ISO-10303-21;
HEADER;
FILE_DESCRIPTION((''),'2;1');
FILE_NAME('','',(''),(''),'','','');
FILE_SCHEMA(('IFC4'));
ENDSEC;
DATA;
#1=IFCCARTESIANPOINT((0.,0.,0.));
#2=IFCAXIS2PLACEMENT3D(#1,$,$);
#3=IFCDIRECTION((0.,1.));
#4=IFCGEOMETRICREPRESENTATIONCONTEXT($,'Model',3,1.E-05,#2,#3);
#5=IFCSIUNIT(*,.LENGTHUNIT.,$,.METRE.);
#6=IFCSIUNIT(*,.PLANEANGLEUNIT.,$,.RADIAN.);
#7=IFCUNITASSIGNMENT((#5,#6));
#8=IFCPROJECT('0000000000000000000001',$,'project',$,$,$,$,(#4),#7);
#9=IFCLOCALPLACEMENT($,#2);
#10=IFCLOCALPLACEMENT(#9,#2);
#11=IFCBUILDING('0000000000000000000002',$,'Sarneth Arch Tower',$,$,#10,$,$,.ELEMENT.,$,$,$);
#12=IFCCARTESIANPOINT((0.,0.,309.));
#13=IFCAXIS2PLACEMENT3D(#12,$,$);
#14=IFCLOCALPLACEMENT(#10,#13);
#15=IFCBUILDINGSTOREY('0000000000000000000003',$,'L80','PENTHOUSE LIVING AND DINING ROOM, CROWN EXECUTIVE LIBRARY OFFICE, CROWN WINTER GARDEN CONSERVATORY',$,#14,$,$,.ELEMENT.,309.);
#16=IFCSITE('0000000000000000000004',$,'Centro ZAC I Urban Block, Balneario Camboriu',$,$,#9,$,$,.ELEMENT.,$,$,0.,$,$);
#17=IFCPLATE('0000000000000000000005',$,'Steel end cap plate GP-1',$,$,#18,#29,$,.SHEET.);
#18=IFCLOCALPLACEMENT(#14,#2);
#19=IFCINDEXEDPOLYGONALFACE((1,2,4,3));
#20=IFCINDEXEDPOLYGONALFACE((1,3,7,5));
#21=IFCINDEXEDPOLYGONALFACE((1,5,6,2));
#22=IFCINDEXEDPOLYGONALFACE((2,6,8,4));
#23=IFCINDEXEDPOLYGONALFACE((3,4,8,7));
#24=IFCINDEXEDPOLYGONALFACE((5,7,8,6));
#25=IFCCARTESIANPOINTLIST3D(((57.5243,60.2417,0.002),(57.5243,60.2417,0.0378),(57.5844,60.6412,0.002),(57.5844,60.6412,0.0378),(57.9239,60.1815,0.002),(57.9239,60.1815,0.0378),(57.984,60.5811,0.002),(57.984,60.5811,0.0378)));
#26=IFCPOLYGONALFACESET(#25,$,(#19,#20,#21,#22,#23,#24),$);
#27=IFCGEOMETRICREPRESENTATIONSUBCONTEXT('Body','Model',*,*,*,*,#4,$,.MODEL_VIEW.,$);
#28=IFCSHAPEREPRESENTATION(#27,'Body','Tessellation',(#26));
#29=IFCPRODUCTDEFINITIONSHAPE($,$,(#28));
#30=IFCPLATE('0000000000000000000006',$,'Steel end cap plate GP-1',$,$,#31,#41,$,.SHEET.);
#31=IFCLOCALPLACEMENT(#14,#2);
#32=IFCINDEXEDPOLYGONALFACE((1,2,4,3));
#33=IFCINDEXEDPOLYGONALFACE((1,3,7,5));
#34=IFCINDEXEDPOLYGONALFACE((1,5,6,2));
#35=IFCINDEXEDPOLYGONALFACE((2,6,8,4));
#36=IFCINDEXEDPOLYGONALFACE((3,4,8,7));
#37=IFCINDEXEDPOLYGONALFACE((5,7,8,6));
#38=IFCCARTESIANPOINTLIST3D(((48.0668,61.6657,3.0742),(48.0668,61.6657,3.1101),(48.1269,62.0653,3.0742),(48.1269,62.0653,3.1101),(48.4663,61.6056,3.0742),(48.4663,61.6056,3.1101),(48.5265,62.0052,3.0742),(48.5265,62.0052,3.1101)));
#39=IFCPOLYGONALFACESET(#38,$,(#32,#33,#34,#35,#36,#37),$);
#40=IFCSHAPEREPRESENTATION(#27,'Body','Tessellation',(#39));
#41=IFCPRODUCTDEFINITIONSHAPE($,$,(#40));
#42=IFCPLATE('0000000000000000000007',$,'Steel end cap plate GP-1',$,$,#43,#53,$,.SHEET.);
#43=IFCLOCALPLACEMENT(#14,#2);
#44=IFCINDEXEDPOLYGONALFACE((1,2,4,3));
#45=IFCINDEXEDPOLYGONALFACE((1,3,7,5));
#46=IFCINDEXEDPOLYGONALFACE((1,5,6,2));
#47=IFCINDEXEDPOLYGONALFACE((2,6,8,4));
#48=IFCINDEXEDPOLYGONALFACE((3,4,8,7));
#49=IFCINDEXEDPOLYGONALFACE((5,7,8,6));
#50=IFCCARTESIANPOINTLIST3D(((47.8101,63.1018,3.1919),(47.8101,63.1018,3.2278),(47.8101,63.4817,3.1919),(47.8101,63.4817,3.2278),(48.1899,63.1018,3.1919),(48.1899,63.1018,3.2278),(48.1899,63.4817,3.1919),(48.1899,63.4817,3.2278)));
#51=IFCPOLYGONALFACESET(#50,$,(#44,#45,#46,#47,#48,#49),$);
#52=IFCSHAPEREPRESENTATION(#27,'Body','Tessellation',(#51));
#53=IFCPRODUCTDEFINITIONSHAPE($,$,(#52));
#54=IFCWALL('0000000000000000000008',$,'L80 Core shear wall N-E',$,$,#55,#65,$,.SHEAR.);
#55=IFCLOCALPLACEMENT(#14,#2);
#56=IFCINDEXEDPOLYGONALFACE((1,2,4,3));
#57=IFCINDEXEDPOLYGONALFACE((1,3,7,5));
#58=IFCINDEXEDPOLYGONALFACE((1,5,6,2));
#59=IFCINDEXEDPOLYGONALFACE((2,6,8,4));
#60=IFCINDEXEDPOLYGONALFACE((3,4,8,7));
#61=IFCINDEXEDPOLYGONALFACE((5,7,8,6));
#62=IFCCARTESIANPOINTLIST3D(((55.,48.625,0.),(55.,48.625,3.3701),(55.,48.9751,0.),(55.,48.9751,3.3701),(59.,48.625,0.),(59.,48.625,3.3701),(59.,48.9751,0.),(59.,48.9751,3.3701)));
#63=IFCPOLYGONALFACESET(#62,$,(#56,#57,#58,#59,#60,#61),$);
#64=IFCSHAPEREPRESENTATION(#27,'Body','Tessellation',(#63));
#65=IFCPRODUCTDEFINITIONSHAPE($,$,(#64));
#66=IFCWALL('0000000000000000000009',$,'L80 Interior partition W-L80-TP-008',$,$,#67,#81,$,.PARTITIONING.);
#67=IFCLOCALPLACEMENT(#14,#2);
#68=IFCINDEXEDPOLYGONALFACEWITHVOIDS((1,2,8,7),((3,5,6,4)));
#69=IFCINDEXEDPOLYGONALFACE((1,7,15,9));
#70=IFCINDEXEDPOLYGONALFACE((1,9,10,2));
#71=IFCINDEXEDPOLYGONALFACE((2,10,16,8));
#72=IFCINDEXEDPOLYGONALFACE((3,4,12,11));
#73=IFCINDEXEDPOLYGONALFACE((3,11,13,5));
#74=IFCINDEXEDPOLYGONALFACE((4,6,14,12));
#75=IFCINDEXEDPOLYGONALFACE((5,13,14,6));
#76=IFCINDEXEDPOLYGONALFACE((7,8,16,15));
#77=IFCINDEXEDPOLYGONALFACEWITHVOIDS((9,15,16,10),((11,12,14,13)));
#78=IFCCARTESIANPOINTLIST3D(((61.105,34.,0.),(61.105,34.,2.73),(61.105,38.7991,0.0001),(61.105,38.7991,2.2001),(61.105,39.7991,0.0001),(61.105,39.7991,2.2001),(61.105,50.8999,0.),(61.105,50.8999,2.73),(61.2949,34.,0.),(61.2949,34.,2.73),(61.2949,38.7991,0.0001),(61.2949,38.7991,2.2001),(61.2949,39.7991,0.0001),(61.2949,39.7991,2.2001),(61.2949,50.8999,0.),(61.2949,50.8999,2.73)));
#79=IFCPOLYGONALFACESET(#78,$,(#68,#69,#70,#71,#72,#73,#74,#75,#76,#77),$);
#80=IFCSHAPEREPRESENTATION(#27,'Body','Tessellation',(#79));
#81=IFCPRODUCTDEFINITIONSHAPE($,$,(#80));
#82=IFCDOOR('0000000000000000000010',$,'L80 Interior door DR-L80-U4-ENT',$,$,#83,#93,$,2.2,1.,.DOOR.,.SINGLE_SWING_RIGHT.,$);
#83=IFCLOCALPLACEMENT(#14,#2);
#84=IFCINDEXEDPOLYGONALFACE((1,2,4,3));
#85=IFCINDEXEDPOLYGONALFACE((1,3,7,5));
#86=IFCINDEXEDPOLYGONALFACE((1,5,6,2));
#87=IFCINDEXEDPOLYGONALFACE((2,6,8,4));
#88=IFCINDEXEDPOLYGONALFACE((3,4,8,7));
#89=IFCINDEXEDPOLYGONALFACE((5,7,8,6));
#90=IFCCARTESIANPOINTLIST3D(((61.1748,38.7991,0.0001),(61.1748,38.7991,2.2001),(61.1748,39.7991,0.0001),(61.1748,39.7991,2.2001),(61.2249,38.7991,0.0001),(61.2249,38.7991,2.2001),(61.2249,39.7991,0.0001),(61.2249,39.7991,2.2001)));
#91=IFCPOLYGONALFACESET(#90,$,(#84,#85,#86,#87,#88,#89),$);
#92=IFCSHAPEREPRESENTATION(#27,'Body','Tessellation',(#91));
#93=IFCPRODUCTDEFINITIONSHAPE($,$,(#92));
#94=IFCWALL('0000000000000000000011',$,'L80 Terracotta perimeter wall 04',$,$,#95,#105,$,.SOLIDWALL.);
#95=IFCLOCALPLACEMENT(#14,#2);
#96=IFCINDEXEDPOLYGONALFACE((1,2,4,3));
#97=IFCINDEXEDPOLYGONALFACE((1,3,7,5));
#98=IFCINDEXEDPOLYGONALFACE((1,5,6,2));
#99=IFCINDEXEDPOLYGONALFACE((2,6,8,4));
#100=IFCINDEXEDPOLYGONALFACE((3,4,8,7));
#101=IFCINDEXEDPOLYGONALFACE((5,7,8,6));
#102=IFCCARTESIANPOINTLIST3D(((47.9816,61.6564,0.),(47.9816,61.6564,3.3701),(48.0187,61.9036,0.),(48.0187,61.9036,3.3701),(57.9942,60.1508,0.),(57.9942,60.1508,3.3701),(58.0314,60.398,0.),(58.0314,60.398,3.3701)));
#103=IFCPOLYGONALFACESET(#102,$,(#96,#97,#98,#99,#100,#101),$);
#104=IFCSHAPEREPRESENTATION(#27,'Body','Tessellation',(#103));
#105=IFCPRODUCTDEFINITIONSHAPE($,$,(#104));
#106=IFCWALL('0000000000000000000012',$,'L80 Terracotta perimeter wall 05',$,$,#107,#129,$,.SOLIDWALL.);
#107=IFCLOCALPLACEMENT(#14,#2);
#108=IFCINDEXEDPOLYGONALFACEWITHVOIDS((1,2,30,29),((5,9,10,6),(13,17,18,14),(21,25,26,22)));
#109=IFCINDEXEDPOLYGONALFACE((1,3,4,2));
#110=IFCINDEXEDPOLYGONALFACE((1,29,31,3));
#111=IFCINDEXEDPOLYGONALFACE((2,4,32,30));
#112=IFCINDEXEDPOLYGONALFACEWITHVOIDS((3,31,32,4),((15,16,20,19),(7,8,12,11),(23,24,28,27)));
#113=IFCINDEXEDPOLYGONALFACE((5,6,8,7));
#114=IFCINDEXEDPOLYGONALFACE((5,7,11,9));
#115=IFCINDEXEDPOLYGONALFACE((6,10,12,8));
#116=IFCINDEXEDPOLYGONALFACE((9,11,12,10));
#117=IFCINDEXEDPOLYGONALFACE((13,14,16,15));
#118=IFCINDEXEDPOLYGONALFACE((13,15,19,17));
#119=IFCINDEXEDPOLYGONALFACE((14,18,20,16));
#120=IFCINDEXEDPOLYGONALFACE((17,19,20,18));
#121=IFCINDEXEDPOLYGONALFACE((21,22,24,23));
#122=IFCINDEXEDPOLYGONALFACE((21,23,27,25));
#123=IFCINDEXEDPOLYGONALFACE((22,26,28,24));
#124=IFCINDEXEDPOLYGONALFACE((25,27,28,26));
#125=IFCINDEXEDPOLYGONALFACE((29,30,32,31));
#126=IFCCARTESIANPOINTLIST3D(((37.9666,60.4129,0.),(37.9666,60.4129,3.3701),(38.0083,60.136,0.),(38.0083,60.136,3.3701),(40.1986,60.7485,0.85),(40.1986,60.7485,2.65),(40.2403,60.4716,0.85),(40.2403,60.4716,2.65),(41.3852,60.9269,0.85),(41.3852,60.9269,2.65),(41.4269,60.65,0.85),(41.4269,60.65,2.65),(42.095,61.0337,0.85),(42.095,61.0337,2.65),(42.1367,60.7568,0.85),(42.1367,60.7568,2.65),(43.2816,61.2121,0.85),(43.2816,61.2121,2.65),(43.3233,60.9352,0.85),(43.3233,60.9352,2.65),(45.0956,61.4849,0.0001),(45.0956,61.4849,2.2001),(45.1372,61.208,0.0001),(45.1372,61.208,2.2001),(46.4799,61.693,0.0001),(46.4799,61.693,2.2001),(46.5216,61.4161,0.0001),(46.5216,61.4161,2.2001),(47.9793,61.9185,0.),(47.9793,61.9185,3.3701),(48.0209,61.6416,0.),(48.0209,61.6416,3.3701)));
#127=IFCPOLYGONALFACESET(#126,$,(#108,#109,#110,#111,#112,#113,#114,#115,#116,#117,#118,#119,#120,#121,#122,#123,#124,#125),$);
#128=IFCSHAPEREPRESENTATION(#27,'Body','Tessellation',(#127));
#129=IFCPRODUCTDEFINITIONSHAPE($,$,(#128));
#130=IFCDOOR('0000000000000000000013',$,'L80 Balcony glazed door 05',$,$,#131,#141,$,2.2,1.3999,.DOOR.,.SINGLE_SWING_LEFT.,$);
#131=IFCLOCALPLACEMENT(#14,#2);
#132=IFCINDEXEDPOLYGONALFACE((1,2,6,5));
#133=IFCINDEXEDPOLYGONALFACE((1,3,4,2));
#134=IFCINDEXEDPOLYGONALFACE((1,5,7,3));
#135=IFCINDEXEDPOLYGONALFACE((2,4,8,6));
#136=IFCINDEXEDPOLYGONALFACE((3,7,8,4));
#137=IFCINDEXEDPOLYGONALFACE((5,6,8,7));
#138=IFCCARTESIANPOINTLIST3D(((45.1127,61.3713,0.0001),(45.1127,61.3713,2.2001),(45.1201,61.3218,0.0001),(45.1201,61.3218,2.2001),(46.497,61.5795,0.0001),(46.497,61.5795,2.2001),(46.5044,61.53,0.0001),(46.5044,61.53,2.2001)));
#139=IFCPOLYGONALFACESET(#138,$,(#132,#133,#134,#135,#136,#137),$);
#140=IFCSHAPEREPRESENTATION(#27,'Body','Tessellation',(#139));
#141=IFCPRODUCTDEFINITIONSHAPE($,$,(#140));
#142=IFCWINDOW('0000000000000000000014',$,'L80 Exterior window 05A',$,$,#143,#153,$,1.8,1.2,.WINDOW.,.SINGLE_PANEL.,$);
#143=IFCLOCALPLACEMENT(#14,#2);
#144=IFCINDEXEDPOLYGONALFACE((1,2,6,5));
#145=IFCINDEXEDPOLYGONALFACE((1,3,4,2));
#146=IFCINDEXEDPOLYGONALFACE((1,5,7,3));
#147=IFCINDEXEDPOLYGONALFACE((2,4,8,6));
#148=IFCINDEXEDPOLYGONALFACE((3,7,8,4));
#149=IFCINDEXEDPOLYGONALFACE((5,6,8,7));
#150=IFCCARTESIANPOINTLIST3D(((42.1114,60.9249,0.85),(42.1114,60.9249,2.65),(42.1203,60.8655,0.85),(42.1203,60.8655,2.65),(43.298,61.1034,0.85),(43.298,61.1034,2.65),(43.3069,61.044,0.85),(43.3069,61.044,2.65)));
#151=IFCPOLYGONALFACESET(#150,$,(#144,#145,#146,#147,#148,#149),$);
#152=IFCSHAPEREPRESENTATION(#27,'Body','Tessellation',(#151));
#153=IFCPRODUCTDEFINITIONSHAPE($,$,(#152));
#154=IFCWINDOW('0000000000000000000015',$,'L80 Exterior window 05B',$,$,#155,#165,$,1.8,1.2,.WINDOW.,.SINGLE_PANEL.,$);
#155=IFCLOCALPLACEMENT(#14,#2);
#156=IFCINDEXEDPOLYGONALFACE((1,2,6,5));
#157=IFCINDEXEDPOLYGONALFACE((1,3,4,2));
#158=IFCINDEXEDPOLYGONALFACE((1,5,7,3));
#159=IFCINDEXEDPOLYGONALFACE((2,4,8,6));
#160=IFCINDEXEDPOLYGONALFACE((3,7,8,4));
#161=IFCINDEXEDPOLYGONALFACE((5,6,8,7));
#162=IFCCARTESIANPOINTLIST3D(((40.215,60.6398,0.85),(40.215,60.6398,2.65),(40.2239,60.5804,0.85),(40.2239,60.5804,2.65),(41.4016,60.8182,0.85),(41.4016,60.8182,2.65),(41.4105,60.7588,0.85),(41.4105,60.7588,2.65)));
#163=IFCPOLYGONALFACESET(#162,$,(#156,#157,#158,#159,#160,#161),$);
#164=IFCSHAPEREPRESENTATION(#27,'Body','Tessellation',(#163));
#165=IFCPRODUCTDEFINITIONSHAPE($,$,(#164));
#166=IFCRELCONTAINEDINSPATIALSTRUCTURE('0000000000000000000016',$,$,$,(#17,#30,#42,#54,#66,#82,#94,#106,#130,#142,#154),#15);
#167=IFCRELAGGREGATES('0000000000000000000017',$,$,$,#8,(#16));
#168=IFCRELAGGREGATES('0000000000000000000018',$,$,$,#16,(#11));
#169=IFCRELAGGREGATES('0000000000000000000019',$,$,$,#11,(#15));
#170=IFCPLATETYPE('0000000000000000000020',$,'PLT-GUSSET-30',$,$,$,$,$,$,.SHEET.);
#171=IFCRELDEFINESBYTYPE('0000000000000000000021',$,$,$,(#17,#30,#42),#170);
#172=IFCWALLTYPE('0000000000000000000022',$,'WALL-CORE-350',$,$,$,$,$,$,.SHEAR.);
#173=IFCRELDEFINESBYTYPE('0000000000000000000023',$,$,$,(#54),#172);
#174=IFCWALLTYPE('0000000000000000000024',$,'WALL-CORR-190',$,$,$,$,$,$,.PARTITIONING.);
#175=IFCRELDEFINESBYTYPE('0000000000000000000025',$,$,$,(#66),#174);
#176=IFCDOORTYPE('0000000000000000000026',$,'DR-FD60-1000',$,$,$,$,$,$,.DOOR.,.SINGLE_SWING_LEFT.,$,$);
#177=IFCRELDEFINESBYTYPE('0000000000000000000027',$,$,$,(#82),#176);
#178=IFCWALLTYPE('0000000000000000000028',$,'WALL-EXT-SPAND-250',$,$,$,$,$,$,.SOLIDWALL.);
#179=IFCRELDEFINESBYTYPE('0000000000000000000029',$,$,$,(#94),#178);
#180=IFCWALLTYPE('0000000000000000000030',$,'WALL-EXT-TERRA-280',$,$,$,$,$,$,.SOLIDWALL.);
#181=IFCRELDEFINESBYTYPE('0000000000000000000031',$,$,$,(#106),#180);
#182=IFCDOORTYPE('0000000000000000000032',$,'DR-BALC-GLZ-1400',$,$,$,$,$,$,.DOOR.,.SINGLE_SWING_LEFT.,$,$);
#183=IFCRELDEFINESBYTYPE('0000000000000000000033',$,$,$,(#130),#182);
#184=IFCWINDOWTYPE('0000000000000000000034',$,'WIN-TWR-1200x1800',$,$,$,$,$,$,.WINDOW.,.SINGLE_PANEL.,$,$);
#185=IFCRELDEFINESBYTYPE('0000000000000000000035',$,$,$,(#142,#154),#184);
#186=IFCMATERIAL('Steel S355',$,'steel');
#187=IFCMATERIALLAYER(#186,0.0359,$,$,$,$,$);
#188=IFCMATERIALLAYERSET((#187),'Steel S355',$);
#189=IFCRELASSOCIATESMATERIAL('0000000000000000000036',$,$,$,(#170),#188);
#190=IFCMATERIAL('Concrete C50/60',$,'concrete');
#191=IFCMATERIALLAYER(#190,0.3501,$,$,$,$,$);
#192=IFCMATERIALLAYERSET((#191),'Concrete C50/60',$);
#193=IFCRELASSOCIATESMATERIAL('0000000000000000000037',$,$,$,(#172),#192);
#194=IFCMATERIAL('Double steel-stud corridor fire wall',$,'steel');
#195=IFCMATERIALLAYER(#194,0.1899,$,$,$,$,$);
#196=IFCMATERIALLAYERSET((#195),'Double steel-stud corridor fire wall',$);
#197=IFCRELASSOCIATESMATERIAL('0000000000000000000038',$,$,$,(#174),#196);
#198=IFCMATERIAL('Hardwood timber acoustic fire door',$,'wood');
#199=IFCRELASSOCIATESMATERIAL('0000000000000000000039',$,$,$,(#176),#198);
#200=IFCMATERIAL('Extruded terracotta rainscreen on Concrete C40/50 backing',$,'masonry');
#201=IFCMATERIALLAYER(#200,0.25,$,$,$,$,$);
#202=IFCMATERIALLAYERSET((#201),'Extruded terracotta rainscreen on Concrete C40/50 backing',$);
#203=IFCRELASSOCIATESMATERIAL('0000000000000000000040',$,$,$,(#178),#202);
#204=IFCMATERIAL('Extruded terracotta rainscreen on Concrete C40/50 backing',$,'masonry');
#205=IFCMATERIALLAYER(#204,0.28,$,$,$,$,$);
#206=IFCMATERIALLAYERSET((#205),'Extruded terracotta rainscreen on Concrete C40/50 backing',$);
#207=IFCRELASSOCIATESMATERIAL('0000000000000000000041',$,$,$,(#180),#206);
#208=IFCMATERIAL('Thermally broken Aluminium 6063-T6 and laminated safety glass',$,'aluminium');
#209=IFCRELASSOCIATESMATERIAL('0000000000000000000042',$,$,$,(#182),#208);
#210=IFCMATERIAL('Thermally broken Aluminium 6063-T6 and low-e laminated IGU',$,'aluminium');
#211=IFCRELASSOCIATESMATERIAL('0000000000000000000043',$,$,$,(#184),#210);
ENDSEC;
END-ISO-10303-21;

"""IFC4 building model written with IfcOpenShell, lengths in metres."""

from ifc_helpers import new_model, si_unit, direction, frame, frame_2d, origin, origin_2d, place, context, subcontext, project, spatial, rectangle, extrude, material, layer, layer_set, type_object, element, fill, save


model = new_model("IFC4")

# Units and contexts
model_context = context("Model", 3, precision=1e-05, world=origin(), true_north=direction((0.0, 1.0)))
body_context = subcontext(model_context, "Body", "Model", "MODEL_VIEW")
ifc_project = project(units=[si_unit("LENGTHUNIT", "METRE"), si_unit("PLANEANGLEUNIT", "RADIAN")], contexts=[model_context])

# Site, building, storey
site_placement = place(None, origin())
site = spatial("IfcSite", under=ifc_project, at=site_placement, Name="Centro ZAC I Urban Block, Balneario Camboriu", CompositionType="ELEMENT", RefElevation=0.0)
building_placement = place(site_placement, origin())
building = spatial("IfcBuilding", under=site, at=building_placement, Name="Sarneth Arch Tower", CompositionType="ELEMENT")
storey_placement = place(building_placement, frame((0.0, 0.0, 309.0)))
storey = spatial("IfcBuildingStorey", under=building, at=storey_placement, Name="L80", Description="PENTHOUSE LIVING AND DINING ROOM, CROWN EXECUTIVE LIBRARY OFFICE, CROWN WINTER GARDEN CONSERVATORY", CompositionType="ELEMENT", Elevation=309.0)

# Plates
ifc_material_1 = material(Name="Steel S355", Category="steel")
ifc_layer_1 = layer(ifc_material_1, 0.0359)
ifc_layer_set_1 = layer_set([ifc_layer_1], Name="Steel S355")
plate_type = type_object("IfcPlateType", Name="PLT-GUSSET-30", PredefinedType="SHEET", material=ifc_layer_set_1)
for number, where, z_axis, x_axis, name in (
    (1, (57.7542, 60.4114, 0.002), (0.0, 0.0, 1.0), (-0.988861, 0.148845, 0.0), "Steel end cap plate GP-1"),
    (2, (48.2966, 61.8354, 3.0742), (0.0, 0.0, 1.0), (-0.988861, 0.148845, 0.0), "Steel end cap plate GP-1"),
):
    element("IfcPlate", number, at=place(storey_placement, frame(where, z_axis=z_axis, x_axis=x_axis)), inside=storey, type_object=plate_type, Name=name, PredefinedType="SHEET", context=body_context, shape_type="SweptSolid", body=[
        extrude(rectangle(XDim=0.4041, YDim=0.4041, at=origin_2d()), origin(), (0.0, 0.0, 1.0), 0.0359),
    ])
plate_placement = place(storey_placement, frame((48.0, 63.2917, 3.1919), z_axis=(0.0, 0.0, 1.0), x_axis=(0.0, 1.0, 0.0)))
element("IfcPlate", 3, at=plate_placement, inside=storey, type_object=plate_type, Name="Steel end cap plate GP-1", PredefinedType="SHEET", context=body_context, shape_type="SweptSolid", body=[
    extrude(rectangle(XDim=0.3799, YDim=0.3799, at=origin_2d()), origin(), (0.0, 0.0, 1.0), 0.0359),
])

# Wall
ifc_material_2 = material(Name="Concrete C50/60", Category="concrete")
ifc_layer_2 = layer(ifc_material_2, 0.3501)
ifc_layer_set_2 = layer_set([ifc_layer_2], Name="Concrete C50/60")
wall_type_1 = type_object("IfcWallType", Name="WALL-CORE-350", PredefinedType="SHEAR", material=ifc_layer_set_2)
wall_1_placement = place(storey_placement, frame((55.0, 48.8, 0.0), z_axis=(0.0, 0.0, 1.0), x_axis=(1.0, 0.0, 0.0)))
element("IfcWall", 4, at=wall_1_placement, inside=storey, type_object=wall_type_1, Name="L80 Core shear wall N-E", PredefinedType="SHEAR", context=body_context, shape_type="SweptSolid", body=[
    extrude(rectangle(XDim=4.0, YDim=0.3501, at=frame_2d((2.0, 0.0))), origin(), (0.0, 0.0, 1.0), 3.3701),
])

# Wall, opening, door
ifc_material_3 = material(Name="Double steel-stud corridor fire wall", Category="steel")
ifc_layer_3 = layer(ifc_material_3, 0.1899)
ifc_layer_set_3 = layer_set([ifc_layer_3], Name="Double steel-stud corridor fire wall")
wall_type_2 = type_object("IfcWallType", Name="WALL-CORR-190", PredefinedType="PARTITIONING", material=ifc_layer_set_3)
wall_2_placement = place(storey_placement, frame((61.2, 50.8999, 0.0), z_axis=(0.0, 0.0, 1.0), x_axis=(0.0, -1.0, 0.0)))
wall_2 = element("IfcWall", 5, at=wall_2_placement, inside=storey, type_object=wall_type_2, Name="L80 Interior partition W-L80-TP-008", PredefinedType="PARTITIONING", context=body_context, shape_type="SweptSolid", body=[
    extrude(rectangle(XDim=16.8999, YDim=0.1899, at=frame_2d((8.45, 0.0))), origin(), (0.0, 0.0, 1.0), 2.73),
])
opening_1_placement = place(wall_2_placement, frame((11.1008, 0.0, 0.0)))
opening_1 = element("IfcOpeningElement", 6, at=opening_1_placement, cuts=wall_2, PredefinedType="OPENING", context=body_context, shape_type="SweptSolid", body=[
    extrude(rectangle(XDim=1.0, YDim=2.2, at=frame_2d((0.5, 1.1001))), frame((0.0, 0.105, 0.0), z_axis=(0.0, -1.0, 0.0), x_axis=(1.0, 0.0, 0.0)), (0.0, 0.0, 1.0), 0.21),
])
ifc_material_4 = material(Name="Hardwood timber acoustic fire door", Category="wood")
door_type_1 = type_object("IfcDoorType", Name="DR-FD60-1000", OperationType="SINGLE_SWING_LEFT", PredefinedType="DOOR", material=ifc_material_4)
door_1_placement = place(opening_1_placement, origin())
door_1 = element("IfcDoor", 7, at=door_1_placement, inside=storey, type_object=door_type_1, Name="L80 Interior door DR-L80-U4-ENT", OperationType="SINGLE_SWING_RIGHT", OverallHeight=2.2, OverallWidth=1.0, PredefinedType="DOOR", context=body_context, shape_type="SweptSolid", body=[
    extrude(rectangle(XDim=1.0, YDim=2.2, at=frame_2d((0.5, 1.1001))), frame((0.0, 0.0249, 0.0), z_axis=(0.0, -1.0, 0.0), x_axis=(1.0, 0.0, 0.0)), (0.0, 0.0, 1.0), 0.05),
])
fill(opening_1, door_1)

# Wall
ifc_material_5 = material(Name="Extruded terracotta rainscreen on Concrete C40/50 backing", Category="masonry")
ifc_layer_4 = layer(ifc_material_5, 0.25)
ifc_layer_set_4 = layer_set([ifc_layer_4], Name="Extruded terracotta rainscreen on Concrete C40/50 backing")
wall_type_3 = type_object("IfcWallType", Name="WALL-EXT-SPAND-250", PredefinedType="SOLIDWALL", material=ifc_layer_set_4)
wall_3_placement = place(storey_placement, frame((58.0127, 60.2744, 0.0), z_axis=(0.0, 0.0, 1.0), x_axis=(-0.988883, 0.148699, 0.0)))
element("IfcWall", 8, at=wall_3_placement, inside=storey, type_object=wall_type_3, Name="L80 Terracotta perimeter wall 04", PredefinedType="SOLIDWALL", context=body_context, shape_type="SweptSolid", body=[
    extrude(rectangle(XDim=10.1252, YDim=0.25, at=frame_2d((5.0625, 0.0))), origin(), (0.0, 0.0, 1.0), 3.3701),
])

# Wall, openings, door, windows
ifc_material_6 = material(Name="Extruded terracotta rainscreen on Concrete C40/50 backing", Category="masonry")
ifc_layer_5 = layer(ifc_material_6, 0.28)
ifc_layer_set_5 = layer_set([ifc_layer_5], Name="Extruded terracotta rainscreen on Concrete C40/50 backing")
wall_type_4 = type_object("IfcWallType", Name="WALL-EXT-TERRA-280", PredefinedType="SOLIDWALL", material=ifc_layer_set_5)
wall_4_placement = place(storey_placement, frame((48.0, 61.78, 0.0), z_axis=(0.0, 0.0, 1.0), x_axis=(-0.988883, -0.148699, 0.0)))
wall_4 = element("IfcWall", 9, at=wall_4_placement, inside=storey, type_object=wall_type_4, Name="L80 Terracotta perimeter wall 05", PredefinedType="SOLIDWALL", context=body_context, shape_type="SweptSolid", body=[
    extrude(rectangle(XDim=10.1252, YDim=0.28, at=frame_2d((5.0625, 0.0))), origin(), (0.0, 0.0, 1.0), 3.3701),
])
opening_2_placement = place(wall_4_placement, frame((1.5161, 0.0, 0.0)))
opening_2 = element("IfcOpeningElement", 10, at=opening_2_placement, cuts=wall_4, PredefinedType="OPENING", context=body_context, shape_type="SweptSolid", body=[
    extrude(rectangle(XDim=1.3999, YDim=2.2, at=frame_2d((0.7, 1.1001))), frame((0.0, 0.1499, 0.0), z_axis=(0.0, -1.0, 0.0), x_axis=(1.0, 0.0, 0.0)), (0.0, 0.0, 1.0), 0.3),
])
opening_3_placement = place(wall_4_placement, frame((4.7502, 0.0, 0.8501)))
opening_3 = element("IfcOpeningElement", 11, at=opening_3_placement, cuts=wall_4, PredefinedType="OPENING", context=body_context, shape_type="SweptSolid", body=[
    extrude(rectangle(XDim=1.2, YDim=1.8, at=frame_2d((0.6001, 0.8999))), frame((0.0, 0.1499, 0.0), z_axis=(0.0, -1.0, 0.0), x_axis=(1.0, 0.0, 0.0)), (0.0, 0.0, 1.0), 0.3),
])
opening_4_placement = place(wall_4_placement, frame((6.668, 0.0, 0.8501)))
opening_4 = element("IfcOpeningElement", 12, at=opening_4_placement, cuts=wall_4, PredefinedType="OPENING", context=body_context, shape_type="SweptSolid", body=[
    extrude(rectangle(XDim=1.2, YDim=1.8, at=frame_2d((0.6001, 0.8999))), frame((0.0, 0.1499, 0.0), z_axis=(0.0, -1.0, 0.0), x_axis=(1.0, 0.0, 0.0)), (0.0, 0.0, 1.0), 0.3),
])
ifc_material_7 = material(Name="Thermally broken Aluminium 6063-T6 and laminated safety glass", Category="aluminium")
door_type_2 = type_object("IfcDoorType", Name="DR-BALC-GLZ-1400", OperationType="SINGLE_SWING_LEFT", PredefinedType="DOOR", material=ifc_material_7)
door_2_placement = place(opening_2_placement, origin())
door_2 = element("IfcDoor", 13, at=door_2_placement, inside=storey, type_object=door_type_2, Name="L80 Balcony glazed door 05", OperationType="SINGLE_SWING_LEFT", OverallHeight=2.2, OverallWidth=1.3999, PredefinedType="DOOR", context=body_context, shape_type="SweptSolid", body=[
    extrude(rectangle(XDim=1.3999, YDim=2.2, at=frame_2d((0.7, 1.1001))), frame((0.0, 0.0249, 0.0), z_axis=(0.0, -1.0, 0.0), x_axis=(1.0, 0.0, 0.0)), (0.0, 0.0, 1.0), 0.05),
])
fill(opening_2, door_2)
ifc_material_8 = material(Name="Thermally broken Aluminium 6063-T6 and low-e laminated IGU", Category="aluminium")
window_type = type_object("IfcWindowType", Name="WIN-TWR-1200x1800", PartitioningType="SINGLE_PANEL", PredefinedType="WINDOW", material=ifc_material_8)
window_1_placement = place(opening_3_placement, origin())
window_1 = element("IfcWindow", 14, at=window_1_placement, inside=storey, type_object=window_type, Name="L80 Exterior window 05A", OverallHeight=1.8, OverallWidth=1.2, PartitioningType="SINGLE_PANEL", PredefinedType="WINDOW", context=body_context, shape_type="SweptSolid", body=[
    extrude(rectangle(XDim=1.2, YDim=1.8, at=frame_2d((0.6001, 0.8999))), frame((0.0, 0.03, 0.0), z_axis=(0.0, -1.0, 0.0), x_axis=(1.0, 0.0, 0.0)), (0.0, 0.0, 1.0), 0.0601),
])
fill(opening_3, window_1)
window_2_placement = place(opening_4_placement, origin())
window_2 = element("IfcWindow", 15, at=window_2_placement, inside=storey, type_object=window_type, Name="L80 Exterior window 05B", OverallHeight=1.8, OverallWidth=1.2, PartitioningType="SINGLE_PANEL", PredefinedType="WINDOW", context=body_context, shape_type="SweptSolid", body=[
    extrude(rectangle(XDim=1.2, YDim=1.8, at=frame_2d((0.6001, 0.8999))), frame((0.0, 0.03, 0.0), z_axis=(0.0, -1.0, 0.0), x_axis=(1.0, 0.0, 0.0)), (0.0, 0.0, 1.0), 0.0601),
])
fill(opening_4, window_2)

save(model, "model.ifc")
